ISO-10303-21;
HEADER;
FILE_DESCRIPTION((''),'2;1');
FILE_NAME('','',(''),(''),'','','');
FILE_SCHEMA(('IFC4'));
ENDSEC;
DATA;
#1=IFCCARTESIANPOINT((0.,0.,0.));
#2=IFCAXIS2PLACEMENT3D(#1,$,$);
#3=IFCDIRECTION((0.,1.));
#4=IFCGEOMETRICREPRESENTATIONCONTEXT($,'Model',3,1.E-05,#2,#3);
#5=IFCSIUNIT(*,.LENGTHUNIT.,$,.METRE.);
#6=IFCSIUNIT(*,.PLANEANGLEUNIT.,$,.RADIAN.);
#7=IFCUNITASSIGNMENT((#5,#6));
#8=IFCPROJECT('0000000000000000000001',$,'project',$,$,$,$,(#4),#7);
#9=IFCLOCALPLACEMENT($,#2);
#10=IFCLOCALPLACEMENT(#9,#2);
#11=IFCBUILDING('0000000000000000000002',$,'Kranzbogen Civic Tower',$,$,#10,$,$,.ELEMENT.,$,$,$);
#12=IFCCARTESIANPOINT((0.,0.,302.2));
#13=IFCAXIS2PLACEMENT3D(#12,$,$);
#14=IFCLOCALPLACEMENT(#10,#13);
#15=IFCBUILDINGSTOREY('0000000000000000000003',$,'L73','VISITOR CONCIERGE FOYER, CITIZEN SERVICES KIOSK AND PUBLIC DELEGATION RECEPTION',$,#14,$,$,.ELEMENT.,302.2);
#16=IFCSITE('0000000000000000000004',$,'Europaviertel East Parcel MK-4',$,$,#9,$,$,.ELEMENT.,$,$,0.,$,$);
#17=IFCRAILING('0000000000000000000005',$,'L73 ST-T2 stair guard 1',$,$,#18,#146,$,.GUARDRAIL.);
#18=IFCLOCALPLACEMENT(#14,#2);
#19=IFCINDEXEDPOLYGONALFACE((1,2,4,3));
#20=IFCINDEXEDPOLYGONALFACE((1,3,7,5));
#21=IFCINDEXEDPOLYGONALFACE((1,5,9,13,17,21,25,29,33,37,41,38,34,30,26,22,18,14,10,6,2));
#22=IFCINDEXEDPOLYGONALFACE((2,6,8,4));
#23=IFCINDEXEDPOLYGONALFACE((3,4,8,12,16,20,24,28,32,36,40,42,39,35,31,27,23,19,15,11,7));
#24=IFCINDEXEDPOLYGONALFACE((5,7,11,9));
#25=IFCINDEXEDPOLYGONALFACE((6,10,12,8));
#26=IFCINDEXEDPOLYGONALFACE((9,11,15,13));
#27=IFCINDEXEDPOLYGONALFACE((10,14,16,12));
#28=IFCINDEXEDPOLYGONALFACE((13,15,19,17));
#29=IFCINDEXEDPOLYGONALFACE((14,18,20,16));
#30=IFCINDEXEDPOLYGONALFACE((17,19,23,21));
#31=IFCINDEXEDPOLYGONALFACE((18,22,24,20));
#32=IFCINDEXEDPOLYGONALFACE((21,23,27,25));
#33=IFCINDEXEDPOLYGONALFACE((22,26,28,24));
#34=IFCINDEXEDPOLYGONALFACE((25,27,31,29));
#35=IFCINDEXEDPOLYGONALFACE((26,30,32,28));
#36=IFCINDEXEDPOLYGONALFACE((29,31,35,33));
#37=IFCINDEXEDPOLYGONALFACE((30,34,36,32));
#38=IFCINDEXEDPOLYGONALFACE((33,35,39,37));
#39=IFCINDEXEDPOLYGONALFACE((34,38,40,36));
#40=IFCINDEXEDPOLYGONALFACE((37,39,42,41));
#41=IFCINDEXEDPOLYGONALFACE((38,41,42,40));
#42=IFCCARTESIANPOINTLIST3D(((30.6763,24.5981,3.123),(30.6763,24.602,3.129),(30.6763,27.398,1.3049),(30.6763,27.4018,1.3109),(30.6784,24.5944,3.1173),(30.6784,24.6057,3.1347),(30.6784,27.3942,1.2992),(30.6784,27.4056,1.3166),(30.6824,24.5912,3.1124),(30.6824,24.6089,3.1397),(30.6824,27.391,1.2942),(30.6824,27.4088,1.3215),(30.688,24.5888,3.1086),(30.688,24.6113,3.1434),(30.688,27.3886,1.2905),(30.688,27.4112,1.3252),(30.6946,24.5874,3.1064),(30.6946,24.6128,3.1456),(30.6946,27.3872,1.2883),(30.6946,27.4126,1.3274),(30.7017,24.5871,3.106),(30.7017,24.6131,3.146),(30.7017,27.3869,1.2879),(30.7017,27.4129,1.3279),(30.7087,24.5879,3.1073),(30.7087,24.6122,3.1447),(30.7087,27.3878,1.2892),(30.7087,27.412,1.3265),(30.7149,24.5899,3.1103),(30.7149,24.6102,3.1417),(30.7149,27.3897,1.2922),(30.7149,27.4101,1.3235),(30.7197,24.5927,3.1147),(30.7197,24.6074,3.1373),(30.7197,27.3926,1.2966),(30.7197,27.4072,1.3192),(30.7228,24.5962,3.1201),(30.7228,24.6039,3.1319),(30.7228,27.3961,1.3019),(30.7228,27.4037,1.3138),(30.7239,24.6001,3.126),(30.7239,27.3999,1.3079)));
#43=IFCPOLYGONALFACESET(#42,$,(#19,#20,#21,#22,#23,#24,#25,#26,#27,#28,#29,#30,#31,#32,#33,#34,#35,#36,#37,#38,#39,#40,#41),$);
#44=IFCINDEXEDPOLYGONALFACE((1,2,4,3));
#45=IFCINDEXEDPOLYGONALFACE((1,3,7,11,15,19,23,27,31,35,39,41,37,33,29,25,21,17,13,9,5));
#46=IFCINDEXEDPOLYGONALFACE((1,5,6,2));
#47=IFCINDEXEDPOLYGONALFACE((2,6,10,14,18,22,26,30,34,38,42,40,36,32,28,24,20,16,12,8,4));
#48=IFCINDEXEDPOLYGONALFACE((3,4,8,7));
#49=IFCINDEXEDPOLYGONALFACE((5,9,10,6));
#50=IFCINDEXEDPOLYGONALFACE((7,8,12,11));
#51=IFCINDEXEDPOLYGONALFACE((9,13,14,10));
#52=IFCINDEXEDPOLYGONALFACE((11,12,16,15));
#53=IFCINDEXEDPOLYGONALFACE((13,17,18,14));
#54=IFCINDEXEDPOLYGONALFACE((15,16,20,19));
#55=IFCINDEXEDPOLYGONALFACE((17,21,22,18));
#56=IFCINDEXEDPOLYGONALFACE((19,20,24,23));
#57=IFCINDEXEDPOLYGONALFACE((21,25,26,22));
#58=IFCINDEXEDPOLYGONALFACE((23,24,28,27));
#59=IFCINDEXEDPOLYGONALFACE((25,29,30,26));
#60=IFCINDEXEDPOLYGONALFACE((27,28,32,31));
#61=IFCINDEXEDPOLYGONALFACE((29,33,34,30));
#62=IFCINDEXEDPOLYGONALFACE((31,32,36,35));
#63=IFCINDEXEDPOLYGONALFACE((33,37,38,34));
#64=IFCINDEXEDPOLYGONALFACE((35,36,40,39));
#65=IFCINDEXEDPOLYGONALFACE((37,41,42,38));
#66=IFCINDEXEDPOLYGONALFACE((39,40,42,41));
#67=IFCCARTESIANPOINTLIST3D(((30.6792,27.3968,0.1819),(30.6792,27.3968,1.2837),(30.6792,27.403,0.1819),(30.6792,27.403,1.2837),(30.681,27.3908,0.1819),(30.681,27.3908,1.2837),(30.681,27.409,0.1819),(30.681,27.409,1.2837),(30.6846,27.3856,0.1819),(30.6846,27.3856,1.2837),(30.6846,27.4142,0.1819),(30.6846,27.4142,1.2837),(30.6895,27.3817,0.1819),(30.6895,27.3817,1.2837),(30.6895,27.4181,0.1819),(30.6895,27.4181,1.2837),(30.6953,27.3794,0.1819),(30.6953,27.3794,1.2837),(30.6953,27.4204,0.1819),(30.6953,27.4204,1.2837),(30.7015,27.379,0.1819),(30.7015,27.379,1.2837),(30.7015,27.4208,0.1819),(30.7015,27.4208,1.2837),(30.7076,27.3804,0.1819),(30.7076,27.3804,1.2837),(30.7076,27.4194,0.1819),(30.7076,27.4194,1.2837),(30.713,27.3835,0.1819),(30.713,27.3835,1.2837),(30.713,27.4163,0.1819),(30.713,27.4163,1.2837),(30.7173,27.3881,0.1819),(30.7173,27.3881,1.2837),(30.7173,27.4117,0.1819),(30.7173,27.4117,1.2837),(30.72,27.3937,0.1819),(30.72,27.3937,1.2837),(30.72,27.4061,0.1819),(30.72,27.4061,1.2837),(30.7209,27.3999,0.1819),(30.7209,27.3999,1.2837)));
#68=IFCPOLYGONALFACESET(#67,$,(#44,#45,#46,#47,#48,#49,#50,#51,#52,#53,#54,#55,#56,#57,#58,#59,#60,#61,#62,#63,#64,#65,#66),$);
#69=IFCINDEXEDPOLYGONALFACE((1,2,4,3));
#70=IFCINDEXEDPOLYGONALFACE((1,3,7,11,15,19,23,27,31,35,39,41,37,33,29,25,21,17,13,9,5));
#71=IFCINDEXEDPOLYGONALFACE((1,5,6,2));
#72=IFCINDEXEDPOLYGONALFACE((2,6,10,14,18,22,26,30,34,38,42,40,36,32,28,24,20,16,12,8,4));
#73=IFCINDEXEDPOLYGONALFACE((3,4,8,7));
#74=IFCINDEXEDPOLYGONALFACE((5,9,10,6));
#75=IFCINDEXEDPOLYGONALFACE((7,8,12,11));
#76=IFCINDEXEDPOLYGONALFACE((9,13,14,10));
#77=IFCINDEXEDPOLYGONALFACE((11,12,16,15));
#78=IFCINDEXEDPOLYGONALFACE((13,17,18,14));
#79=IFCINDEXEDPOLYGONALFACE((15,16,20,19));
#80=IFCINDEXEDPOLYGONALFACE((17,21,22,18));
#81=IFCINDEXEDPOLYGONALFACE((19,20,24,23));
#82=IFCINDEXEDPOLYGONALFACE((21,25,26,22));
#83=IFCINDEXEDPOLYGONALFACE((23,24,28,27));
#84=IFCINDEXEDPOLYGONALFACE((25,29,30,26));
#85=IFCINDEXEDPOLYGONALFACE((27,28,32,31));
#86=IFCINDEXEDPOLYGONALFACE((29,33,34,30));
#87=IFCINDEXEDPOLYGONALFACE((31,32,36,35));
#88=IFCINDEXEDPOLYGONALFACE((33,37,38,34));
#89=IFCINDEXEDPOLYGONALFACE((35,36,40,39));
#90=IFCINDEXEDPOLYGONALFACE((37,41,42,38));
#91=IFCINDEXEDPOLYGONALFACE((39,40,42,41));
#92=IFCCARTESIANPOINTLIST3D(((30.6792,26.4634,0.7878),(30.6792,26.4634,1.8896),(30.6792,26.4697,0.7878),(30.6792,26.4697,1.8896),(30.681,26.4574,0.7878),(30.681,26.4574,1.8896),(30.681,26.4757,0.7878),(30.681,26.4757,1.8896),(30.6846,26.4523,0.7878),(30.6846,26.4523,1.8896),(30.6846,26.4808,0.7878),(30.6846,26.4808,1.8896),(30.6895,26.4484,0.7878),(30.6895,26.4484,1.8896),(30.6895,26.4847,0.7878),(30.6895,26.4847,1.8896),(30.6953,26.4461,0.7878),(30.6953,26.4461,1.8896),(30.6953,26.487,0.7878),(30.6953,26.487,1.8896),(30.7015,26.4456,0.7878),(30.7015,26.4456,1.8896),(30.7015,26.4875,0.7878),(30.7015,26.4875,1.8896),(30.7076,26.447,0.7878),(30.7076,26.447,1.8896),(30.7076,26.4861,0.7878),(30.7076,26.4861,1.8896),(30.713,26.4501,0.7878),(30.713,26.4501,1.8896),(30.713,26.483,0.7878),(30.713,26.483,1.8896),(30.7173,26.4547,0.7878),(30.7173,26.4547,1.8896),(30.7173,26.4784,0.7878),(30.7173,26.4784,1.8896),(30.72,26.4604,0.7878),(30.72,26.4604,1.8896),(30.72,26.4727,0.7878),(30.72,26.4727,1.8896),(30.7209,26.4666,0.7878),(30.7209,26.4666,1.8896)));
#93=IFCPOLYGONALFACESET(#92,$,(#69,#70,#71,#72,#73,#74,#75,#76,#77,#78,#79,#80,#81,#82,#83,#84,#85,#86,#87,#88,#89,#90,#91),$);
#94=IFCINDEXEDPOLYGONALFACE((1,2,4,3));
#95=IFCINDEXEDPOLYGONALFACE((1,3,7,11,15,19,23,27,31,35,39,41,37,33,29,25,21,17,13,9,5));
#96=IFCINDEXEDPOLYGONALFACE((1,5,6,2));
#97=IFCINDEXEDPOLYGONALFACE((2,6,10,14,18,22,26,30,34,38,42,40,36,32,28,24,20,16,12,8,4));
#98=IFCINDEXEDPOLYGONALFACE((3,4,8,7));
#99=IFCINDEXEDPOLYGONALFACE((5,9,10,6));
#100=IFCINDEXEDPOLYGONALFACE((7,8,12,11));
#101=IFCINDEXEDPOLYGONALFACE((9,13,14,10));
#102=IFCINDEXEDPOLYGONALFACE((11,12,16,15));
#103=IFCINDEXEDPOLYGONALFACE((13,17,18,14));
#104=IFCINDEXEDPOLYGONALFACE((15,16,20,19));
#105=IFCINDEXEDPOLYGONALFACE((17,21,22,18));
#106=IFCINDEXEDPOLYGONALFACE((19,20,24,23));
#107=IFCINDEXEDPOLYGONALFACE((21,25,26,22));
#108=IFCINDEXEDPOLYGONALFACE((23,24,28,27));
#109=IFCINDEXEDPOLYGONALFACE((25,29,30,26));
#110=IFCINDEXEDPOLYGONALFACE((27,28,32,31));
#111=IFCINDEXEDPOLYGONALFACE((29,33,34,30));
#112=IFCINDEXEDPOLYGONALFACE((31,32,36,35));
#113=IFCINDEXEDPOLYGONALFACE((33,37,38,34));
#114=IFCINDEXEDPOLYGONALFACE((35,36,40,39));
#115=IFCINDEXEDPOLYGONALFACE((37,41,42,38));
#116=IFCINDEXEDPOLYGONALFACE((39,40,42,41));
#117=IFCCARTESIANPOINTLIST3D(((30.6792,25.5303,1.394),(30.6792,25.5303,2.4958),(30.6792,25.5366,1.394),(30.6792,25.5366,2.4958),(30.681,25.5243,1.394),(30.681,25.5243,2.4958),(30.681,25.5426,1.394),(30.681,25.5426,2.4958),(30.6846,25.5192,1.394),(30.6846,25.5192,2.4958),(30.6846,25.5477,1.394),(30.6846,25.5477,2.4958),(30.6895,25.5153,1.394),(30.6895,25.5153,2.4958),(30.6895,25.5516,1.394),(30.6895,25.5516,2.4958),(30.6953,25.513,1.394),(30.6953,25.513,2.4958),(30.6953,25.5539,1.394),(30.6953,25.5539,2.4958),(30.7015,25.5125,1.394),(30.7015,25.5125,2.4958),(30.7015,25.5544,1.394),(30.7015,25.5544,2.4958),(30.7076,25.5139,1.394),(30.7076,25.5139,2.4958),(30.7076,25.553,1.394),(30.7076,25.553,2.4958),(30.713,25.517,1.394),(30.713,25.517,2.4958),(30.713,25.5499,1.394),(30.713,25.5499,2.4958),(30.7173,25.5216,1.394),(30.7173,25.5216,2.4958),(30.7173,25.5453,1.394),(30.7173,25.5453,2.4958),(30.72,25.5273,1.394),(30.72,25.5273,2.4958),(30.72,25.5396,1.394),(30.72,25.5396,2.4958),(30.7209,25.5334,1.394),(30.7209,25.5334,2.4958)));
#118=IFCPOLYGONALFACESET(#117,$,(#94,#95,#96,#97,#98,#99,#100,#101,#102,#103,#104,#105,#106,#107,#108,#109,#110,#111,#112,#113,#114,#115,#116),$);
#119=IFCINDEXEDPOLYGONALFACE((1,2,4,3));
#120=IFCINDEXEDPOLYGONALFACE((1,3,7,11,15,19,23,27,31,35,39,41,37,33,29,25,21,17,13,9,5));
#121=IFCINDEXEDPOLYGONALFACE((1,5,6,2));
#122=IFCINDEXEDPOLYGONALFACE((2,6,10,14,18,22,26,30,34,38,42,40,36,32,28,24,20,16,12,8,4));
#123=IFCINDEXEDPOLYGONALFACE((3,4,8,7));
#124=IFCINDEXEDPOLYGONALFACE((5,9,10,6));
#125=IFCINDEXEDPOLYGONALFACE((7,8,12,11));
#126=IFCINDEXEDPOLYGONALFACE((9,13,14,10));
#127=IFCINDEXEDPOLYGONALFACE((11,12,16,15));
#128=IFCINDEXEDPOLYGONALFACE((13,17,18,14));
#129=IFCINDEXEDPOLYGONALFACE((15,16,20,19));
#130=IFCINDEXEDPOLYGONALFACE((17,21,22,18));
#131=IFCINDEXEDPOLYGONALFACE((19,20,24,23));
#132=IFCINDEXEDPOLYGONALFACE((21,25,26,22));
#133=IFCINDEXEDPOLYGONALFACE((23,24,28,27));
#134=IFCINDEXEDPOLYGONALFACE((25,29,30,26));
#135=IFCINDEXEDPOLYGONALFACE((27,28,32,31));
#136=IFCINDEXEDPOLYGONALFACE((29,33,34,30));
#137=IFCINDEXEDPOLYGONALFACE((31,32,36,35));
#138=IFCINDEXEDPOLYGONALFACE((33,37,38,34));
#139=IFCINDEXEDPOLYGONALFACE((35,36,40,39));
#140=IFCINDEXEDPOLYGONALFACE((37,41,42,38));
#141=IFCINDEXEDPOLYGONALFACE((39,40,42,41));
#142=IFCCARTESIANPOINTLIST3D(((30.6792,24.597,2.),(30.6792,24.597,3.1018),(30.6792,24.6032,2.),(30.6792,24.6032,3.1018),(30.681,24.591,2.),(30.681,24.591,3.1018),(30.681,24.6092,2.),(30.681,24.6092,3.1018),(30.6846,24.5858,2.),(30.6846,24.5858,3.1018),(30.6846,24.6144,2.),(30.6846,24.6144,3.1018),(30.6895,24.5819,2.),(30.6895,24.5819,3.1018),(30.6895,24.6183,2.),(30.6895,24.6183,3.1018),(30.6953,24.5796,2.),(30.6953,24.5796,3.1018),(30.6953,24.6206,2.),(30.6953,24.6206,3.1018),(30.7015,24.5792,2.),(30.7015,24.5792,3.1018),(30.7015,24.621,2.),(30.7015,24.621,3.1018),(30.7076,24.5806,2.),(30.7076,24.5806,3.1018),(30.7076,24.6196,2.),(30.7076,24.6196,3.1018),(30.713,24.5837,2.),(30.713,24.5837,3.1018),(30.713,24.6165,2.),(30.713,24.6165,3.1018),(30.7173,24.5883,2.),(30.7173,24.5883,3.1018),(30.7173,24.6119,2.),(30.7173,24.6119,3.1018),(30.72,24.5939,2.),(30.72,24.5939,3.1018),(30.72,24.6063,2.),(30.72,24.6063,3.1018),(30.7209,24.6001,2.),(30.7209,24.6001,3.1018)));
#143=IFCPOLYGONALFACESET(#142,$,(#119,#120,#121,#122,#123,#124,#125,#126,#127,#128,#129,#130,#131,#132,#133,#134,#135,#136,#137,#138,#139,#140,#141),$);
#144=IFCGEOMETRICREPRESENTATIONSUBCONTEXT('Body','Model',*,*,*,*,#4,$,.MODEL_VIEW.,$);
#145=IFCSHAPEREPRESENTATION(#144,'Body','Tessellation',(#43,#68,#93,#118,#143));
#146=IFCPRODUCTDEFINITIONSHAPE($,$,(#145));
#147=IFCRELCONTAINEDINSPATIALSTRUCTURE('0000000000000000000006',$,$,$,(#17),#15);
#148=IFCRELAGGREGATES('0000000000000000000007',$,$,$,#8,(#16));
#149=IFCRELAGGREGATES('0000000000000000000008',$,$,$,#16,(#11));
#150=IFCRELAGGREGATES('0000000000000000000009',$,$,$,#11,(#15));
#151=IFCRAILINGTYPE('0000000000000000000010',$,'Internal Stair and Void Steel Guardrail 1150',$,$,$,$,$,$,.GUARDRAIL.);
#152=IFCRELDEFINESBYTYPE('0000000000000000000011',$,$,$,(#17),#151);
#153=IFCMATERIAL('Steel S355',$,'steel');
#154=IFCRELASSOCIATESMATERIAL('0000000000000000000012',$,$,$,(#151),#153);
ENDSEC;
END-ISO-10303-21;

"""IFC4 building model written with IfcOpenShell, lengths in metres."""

from ifc_helpers import new_model, si_unit, direction, frame, origin, origin_2d, place, context, subcontext, project, spatial, circle, extrude, material, type_object, element, save


model = new_model("IFC4")

# Units and contexts
model_context = context("Model", 3, precision=1e-05, world=origin(), true_north=direction((0.0, 1.0)))
body_context = subcontext(model_context, "Body", "Model", "MODEL_VIEW")
ifc_project = project(units=[si_unit("LENGTHUNIT", "METRE"), si_unit("PLANEANGLEUNIT", "RADIAN")], contexts=[model_context])

# Site, building, storey
site_placement = place(None, origin())
site = spatial("IfcSite", under=ifc_project, at=site_placement, Name="Europaviertel East Parcel MK-4", CompositionType="ELEMENT", RefElevation=0.0)
building_placement = place(site_placement, origin())
building = spatial("IfcBuilding", under=site, at=building_placement, Name="Kranzbogen Civic Tower", CompositionType="ELEMENT")
storey_placement = place(building_placement, frame((0.0, 0.0, 302.2)))
storey = spatial("IfcBuildingStorey", under=building, at=storey_placement, Name="L73", Description="VISITOR CONCIERGE FOYER, CITIZEN SERVICES KIOSK AND PUBLIC DELEGATION RECEPTION", CompositionType="ELEMENT", Elevation=302.2)

# Shared definitions
ifc_material_1 = material(Name="Steel S355", Category="steel")

# Railing
railing_type_1 = type_object("IfcRailingType", Name="Internal Stair and Void Steel Guardrail 1150", PredefinedType="GUARDRAIL", material=ifc_material_1)
railing_1_placement = place(storey_placement, frame((30.7, 27.3999, 0.1819)))
element("IfcRailing", 1, at=railing_1_placement, inside=storey, type_object=railing_type_1, Name="L73 ST-T2 stair guard 1", PredefinedType="GUARDRAIL", context=body_context, shape_type="SweptSolid", body=[
    extrude(circle(Radius=0.0239, at=origin_2d()), frame((0.0, 0.0, 1.126), z_axis=(0.0, -0.838684, 0.544618), x_axis=(1.0, 0.0, 0.0)), (0.0, 0.0, 1.0), 3.3384),
    extrude(circle(Radius=0.021, at=origin_2d()), origin(), (0.0, 0.0, 1.0), 1.1018),
    extrude(circle(Radius=0.021, at=origin_2d()), frame((0.0, -0.9333, 0.606)), (0.0, 0.0, 1.0), 1.1018),
    extrude(circle(Radius=0.021, at=origin_2d()), frame((0.0, -1.8665, 1.2122)), (0.0, 0.0, 1.0), 1.1018),
    extrude(circle(Radius=0.021, at=origin_2d()), frame((0.0, -2.7998, 1.8181)), (0.0, 0.0, 1.0), 1.1018),
])

save(model, "model.ifc")
